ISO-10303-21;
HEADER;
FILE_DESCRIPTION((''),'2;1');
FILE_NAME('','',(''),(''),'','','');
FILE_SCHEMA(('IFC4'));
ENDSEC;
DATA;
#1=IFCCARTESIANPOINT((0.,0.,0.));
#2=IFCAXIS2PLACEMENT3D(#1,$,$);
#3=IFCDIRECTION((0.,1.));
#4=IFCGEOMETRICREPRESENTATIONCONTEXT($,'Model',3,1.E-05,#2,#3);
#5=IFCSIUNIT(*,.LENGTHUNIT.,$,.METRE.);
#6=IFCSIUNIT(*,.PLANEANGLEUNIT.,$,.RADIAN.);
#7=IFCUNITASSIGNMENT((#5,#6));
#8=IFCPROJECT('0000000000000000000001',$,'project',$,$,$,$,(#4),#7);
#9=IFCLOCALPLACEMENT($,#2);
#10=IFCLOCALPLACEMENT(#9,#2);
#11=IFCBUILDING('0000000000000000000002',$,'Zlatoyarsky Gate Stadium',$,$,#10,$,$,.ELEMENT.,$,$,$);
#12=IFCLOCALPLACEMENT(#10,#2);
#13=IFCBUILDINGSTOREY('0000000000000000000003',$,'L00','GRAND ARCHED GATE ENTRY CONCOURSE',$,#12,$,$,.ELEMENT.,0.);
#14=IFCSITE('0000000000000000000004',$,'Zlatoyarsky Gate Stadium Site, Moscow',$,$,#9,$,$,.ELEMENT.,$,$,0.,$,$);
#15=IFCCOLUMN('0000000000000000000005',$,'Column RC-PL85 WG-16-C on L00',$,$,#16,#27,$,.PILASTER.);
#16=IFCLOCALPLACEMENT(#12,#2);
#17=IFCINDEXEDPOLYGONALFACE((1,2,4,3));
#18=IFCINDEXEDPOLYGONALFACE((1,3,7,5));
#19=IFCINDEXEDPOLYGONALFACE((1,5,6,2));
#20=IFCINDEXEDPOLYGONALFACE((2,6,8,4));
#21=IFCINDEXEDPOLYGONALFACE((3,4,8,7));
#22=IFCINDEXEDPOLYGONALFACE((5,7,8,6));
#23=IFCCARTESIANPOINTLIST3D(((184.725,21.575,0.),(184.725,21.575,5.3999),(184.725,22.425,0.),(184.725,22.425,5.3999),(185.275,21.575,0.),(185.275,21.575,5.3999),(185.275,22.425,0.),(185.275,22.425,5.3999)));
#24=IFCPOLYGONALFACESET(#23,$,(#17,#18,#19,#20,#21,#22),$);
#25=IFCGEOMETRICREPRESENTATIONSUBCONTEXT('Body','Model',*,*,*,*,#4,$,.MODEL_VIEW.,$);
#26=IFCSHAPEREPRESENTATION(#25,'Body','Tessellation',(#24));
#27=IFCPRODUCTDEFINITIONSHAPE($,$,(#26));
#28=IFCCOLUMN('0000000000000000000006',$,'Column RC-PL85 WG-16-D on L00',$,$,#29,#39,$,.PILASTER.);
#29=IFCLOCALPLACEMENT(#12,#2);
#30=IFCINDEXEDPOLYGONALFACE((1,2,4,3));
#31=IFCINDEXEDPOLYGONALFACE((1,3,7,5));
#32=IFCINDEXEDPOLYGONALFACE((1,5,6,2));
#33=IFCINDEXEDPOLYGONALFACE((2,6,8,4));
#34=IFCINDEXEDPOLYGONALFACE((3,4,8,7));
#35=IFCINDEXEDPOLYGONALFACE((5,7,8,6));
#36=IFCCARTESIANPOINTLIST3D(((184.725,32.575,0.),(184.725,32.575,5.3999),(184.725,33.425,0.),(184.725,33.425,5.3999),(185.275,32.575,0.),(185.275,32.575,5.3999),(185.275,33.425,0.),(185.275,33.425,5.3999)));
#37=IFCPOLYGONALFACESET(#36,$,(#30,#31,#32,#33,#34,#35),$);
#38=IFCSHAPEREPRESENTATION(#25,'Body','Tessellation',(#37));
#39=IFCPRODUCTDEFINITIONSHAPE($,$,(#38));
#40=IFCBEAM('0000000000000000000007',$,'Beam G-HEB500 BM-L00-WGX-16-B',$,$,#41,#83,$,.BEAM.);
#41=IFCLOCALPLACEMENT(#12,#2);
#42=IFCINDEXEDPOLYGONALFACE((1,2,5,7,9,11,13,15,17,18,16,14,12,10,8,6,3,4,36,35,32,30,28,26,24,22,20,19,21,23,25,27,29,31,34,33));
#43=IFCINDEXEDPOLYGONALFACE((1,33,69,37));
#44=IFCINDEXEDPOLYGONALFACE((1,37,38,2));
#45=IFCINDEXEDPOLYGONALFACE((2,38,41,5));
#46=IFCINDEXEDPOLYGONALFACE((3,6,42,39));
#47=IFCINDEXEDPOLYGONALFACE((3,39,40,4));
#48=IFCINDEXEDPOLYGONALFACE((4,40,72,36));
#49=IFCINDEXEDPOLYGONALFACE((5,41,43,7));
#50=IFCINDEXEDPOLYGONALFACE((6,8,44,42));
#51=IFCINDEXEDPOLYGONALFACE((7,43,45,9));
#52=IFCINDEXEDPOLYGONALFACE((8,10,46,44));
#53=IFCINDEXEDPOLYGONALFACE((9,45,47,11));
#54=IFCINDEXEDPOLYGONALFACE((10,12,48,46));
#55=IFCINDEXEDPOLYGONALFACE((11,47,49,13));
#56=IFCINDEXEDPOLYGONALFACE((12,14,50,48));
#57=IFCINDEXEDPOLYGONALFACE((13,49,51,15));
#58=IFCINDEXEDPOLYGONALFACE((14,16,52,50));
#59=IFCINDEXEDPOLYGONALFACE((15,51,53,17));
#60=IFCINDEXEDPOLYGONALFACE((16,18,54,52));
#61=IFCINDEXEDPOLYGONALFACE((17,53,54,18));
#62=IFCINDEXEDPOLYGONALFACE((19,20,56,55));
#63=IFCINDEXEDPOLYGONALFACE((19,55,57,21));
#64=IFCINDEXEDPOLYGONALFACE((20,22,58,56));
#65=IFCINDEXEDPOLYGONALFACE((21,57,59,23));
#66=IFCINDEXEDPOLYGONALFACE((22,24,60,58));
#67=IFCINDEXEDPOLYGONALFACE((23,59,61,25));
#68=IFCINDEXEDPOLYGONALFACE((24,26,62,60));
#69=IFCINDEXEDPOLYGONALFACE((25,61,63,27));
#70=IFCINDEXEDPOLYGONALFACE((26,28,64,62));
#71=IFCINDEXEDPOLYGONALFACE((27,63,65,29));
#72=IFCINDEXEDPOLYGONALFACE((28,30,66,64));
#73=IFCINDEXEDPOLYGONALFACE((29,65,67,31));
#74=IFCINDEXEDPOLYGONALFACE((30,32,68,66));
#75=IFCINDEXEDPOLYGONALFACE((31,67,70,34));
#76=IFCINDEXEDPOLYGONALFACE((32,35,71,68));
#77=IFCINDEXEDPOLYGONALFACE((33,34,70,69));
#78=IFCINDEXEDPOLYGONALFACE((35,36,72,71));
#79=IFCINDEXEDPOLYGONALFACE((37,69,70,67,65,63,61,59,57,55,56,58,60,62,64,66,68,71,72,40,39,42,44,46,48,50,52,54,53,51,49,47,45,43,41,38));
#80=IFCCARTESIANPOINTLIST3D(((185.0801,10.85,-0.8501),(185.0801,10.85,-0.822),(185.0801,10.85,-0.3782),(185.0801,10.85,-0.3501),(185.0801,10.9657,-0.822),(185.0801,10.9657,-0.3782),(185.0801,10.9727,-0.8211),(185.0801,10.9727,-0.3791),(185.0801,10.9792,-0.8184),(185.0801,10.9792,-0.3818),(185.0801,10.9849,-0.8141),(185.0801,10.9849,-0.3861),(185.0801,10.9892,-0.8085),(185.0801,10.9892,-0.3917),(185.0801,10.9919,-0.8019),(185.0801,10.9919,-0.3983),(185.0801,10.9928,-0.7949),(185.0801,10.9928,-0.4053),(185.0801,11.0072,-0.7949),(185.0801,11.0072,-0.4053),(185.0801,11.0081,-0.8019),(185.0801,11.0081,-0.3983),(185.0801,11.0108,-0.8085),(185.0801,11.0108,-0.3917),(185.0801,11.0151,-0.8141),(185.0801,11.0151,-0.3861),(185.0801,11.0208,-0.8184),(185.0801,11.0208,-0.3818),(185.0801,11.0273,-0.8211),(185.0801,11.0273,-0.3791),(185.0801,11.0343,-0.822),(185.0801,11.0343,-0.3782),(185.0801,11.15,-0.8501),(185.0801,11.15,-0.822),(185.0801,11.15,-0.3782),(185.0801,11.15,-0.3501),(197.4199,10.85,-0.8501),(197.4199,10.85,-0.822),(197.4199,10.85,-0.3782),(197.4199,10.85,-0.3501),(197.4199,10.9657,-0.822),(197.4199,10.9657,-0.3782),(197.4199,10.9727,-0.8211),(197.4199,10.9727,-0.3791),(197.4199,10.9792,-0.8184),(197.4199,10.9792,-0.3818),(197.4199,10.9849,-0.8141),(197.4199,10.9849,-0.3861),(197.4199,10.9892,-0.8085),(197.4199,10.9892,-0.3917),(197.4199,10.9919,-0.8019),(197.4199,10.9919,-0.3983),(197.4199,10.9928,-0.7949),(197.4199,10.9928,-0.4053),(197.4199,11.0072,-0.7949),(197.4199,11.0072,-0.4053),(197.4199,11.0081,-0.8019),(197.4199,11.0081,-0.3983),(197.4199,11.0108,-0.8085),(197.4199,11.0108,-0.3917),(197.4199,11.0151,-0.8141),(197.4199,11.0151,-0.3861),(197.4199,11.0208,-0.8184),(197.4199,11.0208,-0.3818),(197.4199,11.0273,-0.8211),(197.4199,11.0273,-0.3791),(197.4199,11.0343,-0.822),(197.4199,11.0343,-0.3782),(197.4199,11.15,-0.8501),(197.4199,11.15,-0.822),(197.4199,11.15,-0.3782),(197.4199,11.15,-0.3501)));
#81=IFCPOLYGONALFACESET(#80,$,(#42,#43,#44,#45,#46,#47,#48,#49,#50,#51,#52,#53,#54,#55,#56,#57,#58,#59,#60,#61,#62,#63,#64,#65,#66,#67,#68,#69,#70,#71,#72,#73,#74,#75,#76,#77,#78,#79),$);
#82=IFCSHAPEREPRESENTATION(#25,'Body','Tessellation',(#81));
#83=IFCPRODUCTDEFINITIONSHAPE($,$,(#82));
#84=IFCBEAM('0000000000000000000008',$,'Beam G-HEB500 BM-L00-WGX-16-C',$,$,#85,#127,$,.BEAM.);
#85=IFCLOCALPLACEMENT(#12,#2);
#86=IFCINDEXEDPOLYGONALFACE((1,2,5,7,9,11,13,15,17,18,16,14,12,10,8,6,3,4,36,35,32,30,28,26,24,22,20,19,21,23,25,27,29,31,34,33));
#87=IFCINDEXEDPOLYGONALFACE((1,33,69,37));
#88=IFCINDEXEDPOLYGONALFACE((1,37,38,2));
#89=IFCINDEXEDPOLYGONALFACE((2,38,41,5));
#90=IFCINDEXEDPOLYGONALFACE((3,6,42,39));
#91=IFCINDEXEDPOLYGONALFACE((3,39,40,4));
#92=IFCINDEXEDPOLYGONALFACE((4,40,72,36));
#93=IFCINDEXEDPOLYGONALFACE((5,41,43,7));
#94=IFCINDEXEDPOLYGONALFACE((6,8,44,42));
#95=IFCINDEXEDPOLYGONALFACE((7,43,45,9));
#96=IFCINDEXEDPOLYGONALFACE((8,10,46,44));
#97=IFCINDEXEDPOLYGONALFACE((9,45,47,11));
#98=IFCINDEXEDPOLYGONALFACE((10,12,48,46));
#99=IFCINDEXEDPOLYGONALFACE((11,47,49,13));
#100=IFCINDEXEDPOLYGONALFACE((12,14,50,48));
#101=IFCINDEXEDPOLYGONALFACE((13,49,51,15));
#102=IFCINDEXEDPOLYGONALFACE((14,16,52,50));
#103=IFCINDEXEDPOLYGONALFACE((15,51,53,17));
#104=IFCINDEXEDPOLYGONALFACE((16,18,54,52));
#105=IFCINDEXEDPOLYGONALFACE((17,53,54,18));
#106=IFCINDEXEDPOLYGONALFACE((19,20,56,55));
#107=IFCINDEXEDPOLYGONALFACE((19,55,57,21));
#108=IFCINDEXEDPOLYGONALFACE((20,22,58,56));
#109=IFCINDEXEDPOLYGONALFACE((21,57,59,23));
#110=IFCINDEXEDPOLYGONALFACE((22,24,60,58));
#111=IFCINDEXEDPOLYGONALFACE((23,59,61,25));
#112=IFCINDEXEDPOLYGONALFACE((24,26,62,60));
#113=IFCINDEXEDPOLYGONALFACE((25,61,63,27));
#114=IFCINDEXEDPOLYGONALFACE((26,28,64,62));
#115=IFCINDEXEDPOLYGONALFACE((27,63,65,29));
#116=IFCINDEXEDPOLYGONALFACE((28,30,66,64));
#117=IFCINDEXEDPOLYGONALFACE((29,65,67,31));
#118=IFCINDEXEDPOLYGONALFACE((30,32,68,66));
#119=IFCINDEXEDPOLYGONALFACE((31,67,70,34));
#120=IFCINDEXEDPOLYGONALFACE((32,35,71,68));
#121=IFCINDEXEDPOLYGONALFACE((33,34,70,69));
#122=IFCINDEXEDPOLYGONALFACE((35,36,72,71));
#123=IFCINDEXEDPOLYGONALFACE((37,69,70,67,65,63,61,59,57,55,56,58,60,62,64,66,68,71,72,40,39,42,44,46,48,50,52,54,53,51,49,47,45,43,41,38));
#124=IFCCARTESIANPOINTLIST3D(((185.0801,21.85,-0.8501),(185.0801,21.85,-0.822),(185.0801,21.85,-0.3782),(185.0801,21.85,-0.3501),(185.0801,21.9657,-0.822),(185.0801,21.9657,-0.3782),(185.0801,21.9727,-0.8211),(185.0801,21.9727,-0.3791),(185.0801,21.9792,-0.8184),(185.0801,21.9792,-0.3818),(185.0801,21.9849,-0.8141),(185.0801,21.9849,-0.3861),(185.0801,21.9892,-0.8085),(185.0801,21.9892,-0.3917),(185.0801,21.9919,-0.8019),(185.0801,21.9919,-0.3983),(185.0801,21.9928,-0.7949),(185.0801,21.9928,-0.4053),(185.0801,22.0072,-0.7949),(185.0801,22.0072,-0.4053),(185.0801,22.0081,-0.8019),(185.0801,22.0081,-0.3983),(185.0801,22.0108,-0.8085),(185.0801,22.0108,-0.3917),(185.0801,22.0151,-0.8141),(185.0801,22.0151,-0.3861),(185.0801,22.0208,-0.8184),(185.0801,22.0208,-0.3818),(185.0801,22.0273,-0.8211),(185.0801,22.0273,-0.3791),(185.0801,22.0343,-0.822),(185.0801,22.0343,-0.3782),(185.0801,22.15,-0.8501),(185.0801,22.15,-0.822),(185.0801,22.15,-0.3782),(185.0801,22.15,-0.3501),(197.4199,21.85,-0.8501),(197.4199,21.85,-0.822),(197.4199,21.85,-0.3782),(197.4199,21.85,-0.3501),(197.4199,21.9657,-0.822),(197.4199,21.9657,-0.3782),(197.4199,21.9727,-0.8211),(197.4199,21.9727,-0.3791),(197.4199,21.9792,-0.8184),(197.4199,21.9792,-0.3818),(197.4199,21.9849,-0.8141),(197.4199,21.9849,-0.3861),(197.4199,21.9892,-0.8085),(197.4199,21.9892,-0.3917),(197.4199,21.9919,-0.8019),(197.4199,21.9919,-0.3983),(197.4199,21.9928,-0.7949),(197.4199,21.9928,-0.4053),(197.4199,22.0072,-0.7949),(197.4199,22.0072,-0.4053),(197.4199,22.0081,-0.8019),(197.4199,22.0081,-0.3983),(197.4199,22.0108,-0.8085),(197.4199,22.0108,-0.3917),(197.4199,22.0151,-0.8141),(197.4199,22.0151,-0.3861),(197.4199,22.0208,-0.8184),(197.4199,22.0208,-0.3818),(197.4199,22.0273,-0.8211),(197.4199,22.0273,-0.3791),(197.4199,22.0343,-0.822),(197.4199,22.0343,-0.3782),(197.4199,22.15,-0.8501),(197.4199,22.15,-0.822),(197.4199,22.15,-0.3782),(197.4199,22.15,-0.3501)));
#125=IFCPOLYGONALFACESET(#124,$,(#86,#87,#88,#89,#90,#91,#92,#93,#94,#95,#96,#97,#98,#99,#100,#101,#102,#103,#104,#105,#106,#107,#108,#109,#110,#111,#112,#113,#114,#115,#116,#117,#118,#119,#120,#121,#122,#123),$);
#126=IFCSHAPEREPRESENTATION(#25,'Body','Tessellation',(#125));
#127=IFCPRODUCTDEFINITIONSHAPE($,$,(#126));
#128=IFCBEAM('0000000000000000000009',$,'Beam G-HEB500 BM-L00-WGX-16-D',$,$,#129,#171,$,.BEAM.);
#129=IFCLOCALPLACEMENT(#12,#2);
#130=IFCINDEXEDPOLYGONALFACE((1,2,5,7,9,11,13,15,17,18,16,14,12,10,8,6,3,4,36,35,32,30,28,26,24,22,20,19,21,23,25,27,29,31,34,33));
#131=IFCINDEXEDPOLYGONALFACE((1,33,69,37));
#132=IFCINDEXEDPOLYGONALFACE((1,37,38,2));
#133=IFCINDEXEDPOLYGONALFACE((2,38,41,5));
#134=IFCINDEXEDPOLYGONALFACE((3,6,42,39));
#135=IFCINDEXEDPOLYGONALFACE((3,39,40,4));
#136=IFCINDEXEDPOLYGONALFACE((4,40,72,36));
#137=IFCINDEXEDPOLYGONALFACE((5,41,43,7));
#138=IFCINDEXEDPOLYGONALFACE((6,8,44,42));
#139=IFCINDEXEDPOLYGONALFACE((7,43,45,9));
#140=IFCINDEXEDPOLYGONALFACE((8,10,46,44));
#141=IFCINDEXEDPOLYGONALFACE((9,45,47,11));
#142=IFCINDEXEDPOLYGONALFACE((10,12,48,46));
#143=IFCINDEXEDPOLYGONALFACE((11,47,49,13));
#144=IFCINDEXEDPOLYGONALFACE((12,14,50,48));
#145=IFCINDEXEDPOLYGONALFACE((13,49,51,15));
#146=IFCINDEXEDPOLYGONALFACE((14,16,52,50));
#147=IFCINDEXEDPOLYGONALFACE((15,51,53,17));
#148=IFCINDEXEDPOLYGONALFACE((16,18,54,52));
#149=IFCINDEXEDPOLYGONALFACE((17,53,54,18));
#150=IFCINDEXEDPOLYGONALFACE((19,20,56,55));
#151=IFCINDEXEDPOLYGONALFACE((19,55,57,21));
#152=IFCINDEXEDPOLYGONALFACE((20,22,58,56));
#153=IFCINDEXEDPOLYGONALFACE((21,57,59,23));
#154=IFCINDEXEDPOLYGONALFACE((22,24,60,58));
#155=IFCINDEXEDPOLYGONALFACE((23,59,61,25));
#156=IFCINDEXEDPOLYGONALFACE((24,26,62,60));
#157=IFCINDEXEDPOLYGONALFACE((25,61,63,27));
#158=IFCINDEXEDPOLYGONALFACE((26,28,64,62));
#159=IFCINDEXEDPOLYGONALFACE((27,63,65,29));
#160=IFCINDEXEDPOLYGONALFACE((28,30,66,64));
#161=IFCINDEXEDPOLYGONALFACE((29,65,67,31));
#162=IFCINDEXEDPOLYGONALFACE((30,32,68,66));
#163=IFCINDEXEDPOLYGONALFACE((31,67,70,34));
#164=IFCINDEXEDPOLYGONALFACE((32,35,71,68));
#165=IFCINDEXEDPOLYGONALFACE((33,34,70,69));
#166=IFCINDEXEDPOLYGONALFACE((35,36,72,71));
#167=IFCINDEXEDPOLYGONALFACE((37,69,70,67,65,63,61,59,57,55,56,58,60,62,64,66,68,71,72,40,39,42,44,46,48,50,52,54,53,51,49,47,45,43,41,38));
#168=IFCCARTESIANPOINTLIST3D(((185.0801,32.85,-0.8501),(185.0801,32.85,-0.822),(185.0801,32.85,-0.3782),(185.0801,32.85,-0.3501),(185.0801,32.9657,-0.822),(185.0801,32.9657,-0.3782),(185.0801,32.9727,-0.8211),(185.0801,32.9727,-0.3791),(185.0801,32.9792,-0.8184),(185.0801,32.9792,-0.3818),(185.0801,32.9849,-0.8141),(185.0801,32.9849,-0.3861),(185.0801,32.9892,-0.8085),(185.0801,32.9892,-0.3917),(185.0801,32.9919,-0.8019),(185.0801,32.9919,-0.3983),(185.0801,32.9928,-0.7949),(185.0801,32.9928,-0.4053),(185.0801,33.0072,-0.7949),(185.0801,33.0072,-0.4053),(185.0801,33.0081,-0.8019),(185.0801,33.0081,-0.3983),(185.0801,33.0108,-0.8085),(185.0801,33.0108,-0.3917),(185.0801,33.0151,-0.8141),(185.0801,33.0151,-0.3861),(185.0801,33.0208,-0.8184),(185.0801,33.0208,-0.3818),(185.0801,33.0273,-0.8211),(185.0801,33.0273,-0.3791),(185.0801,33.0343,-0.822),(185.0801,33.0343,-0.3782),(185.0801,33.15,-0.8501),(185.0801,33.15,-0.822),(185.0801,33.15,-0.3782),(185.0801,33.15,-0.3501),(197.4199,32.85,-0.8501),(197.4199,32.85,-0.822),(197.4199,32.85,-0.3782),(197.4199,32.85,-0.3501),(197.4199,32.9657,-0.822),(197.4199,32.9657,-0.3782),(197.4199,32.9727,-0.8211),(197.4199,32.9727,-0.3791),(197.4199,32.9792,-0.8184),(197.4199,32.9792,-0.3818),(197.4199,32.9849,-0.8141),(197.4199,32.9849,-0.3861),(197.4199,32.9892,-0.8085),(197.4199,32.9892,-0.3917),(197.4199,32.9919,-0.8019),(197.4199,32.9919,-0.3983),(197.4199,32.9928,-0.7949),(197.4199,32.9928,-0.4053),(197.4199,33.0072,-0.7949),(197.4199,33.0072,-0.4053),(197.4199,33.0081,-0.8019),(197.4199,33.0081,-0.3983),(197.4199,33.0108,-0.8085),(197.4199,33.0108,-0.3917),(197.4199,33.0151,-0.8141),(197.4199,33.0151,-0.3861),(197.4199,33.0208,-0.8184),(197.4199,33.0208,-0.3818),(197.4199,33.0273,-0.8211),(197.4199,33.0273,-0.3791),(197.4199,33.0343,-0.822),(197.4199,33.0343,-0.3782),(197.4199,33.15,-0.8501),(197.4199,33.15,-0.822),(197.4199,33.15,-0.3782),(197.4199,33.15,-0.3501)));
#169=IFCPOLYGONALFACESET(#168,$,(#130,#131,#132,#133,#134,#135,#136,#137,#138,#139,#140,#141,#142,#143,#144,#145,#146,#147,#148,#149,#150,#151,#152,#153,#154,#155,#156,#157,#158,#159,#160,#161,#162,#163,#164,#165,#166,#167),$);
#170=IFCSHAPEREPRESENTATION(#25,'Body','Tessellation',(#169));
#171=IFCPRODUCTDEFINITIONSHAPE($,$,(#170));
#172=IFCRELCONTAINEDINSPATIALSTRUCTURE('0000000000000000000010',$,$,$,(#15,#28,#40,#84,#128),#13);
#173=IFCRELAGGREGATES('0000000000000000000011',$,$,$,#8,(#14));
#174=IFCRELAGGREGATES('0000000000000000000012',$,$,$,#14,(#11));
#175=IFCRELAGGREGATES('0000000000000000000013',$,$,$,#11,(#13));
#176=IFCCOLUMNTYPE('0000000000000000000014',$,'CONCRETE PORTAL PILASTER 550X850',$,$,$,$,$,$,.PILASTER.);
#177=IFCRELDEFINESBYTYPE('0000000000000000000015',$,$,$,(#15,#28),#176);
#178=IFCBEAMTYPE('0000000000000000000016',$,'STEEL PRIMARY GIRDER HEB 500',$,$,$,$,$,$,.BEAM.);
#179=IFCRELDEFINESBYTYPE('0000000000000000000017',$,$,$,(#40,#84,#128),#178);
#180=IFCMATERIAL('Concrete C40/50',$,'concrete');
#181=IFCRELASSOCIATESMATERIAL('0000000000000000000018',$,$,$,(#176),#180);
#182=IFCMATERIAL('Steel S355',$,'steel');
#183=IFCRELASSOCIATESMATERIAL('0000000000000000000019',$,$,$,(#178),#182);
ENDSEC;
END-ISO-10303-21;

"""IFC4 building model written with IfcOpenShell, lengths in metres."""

from ifc_helpers import new_model, si_unit, direction, frame, origin, origin_2d, place, context, subcontext, project, spatial, rectangle, i_section, extrude, material, material_profile, profile_set, type_object, element, save


model = new_model("IFC4")

# Units and contexts
model_context = context("Model", 3, precision=1e-05, world=origin(), true_north=direction((0.0, 1.0)))
body_context = subcontext(model_context, "Body", "Model", "MODEL_VIEW")
ifc_project = project(units=[si_unit("LENGTHUNIT", "METRE"), si_unit("PLANEANGLEUNIT", "RADIAN")], contexts=[model_context])

# Site, building, storey
site_placement = place(None, origin())
site = spatial("IfcSite", under=ifc_project, at=site_placement, Name="Zlatoyarsky Gate Stadium Site, Moscow", CompositionType="ELEMENT", RefElevation=0.0)
building_placement = place(site_placement, origin())
building = spatial("IfcBuilding", under=site, at=building_placement, Name="Zlatoyarsky Gate Stadium", CompositionType="ELEMENT")
storey_placement = place(building_placement, origin())
storey = spatial("IfcBuildingStorey", under=building, at=storey_placement, Name="L00", Description="GRAND ARCHED GATE ENTRY CONCOURSE", CompositionType="ELEMENT", Elevation=0.0)

# Columns
ifc_material_1 = material(Name="Concrete C40/50", Category="concrete")
ifc_material_profile_1 = material_profile(ifc_material_1, rectangle(XDim=0.55, YDim=0.8501, at=origin_2d()), Name="RC PILASTER 550X850")
ifc_profile_set_1 = profile_set([ifc_material_profile_1], Name="Concrete C40/50")
column_type = type_object("IfcColumnType", Name="CONCRETE PORTAL PILASTER 550X850", PredefinedType="PILASTER", material=ifc_profile_set_1)
for number, where, z_axis, x_axis, name in (
    (1, (185.0, 22.0, 0.0), (0.0, 0.0, 1.0), (1.0, 0.0, 0.0), "Column RC-PL85 WG-16-C on L00"),
    (2, (185.0, 33.0, 0.0), (0.0, 0.0, 1.0), (1.0, 0.0, 0.0), "Column RC-PL85 WG-16-D on L00"),
):
    element("IfcColumn", number, at=place(storey_placement, frame(where, z_axis=z_axis, x_axis=x_axis)), inside=storey, type_object=column_type, Name=name, PredefinedType="PILASTER", context=body_context, shape_type="SweptSolid", body=[
        extrude(rectangle(XDim=0.55, YDim=0.8501, at=origin_2d()), origin(), (0.0, 0.0, 1.0), 5.3999),
    ])

# Beams
ifc_material_2 = material(Name="Steel S355", Category="steel")
ifc_material_profile_2 = material_profile(ifc_material_2, i_section(OverallWidth=0.3, OverallDepth=0.5, WebThickness=0.0144, FlangeThickness=0.0281, FilletRadius=0.0271, at=origin_2d()), Name="HEB 500")
ifc_profile_set_2 = profile_set([ifc_material_profile_2], Name="Steel S355")
beam_type_1 = type_object("IfcBeamType", Name="STEEL PRIMARY GIRDER HEB 500", PredefinedType="BEAM", material=ifc_profile_set_2)
for number, where, z_axis, x_axis, name in (
    (3, (185.0801, 11.0, -0.6001), (1.0, 0.0, 0.0), (0.0, 1.0, 0.0), "Beam G-HEB500 BM-L00-WGX-16-B"),
    (4, (185.0801, 22.0, -0.6001), (1.0, 0.0, 0.0), (0.0, 1.0, 0.0), "Beam G-HEB500 BM-L00-WGX-16-C"),
    (5, (185.0801, 33.0, -0.6001), (1.0, 0.0, 0.0), (0.0, 1.0, 0.0), "Beam G-HEB500 BM-L00-WGX-16-D"),
):
    element("IfcBeam", number, at=place(storey_placement, frame(where, z_axis=z_axis, x_axis=x_axis)), inside=storey, type_object=beam_type_1, Name=name, PredefinedType="BEAM", context=body_context, shape_type="SweptSolid", body=[
        extrude(i_section(OverallWidth=0.3, OverallDepth=0.5, WebThickness=0.0144, FlangeThickness=0.0281, FilletRadius=0.0271, at=origin_2d()), origin(), (0.0, 0.0, 1.0), 12.3398),
    ])

save(model, "model.ifc")
